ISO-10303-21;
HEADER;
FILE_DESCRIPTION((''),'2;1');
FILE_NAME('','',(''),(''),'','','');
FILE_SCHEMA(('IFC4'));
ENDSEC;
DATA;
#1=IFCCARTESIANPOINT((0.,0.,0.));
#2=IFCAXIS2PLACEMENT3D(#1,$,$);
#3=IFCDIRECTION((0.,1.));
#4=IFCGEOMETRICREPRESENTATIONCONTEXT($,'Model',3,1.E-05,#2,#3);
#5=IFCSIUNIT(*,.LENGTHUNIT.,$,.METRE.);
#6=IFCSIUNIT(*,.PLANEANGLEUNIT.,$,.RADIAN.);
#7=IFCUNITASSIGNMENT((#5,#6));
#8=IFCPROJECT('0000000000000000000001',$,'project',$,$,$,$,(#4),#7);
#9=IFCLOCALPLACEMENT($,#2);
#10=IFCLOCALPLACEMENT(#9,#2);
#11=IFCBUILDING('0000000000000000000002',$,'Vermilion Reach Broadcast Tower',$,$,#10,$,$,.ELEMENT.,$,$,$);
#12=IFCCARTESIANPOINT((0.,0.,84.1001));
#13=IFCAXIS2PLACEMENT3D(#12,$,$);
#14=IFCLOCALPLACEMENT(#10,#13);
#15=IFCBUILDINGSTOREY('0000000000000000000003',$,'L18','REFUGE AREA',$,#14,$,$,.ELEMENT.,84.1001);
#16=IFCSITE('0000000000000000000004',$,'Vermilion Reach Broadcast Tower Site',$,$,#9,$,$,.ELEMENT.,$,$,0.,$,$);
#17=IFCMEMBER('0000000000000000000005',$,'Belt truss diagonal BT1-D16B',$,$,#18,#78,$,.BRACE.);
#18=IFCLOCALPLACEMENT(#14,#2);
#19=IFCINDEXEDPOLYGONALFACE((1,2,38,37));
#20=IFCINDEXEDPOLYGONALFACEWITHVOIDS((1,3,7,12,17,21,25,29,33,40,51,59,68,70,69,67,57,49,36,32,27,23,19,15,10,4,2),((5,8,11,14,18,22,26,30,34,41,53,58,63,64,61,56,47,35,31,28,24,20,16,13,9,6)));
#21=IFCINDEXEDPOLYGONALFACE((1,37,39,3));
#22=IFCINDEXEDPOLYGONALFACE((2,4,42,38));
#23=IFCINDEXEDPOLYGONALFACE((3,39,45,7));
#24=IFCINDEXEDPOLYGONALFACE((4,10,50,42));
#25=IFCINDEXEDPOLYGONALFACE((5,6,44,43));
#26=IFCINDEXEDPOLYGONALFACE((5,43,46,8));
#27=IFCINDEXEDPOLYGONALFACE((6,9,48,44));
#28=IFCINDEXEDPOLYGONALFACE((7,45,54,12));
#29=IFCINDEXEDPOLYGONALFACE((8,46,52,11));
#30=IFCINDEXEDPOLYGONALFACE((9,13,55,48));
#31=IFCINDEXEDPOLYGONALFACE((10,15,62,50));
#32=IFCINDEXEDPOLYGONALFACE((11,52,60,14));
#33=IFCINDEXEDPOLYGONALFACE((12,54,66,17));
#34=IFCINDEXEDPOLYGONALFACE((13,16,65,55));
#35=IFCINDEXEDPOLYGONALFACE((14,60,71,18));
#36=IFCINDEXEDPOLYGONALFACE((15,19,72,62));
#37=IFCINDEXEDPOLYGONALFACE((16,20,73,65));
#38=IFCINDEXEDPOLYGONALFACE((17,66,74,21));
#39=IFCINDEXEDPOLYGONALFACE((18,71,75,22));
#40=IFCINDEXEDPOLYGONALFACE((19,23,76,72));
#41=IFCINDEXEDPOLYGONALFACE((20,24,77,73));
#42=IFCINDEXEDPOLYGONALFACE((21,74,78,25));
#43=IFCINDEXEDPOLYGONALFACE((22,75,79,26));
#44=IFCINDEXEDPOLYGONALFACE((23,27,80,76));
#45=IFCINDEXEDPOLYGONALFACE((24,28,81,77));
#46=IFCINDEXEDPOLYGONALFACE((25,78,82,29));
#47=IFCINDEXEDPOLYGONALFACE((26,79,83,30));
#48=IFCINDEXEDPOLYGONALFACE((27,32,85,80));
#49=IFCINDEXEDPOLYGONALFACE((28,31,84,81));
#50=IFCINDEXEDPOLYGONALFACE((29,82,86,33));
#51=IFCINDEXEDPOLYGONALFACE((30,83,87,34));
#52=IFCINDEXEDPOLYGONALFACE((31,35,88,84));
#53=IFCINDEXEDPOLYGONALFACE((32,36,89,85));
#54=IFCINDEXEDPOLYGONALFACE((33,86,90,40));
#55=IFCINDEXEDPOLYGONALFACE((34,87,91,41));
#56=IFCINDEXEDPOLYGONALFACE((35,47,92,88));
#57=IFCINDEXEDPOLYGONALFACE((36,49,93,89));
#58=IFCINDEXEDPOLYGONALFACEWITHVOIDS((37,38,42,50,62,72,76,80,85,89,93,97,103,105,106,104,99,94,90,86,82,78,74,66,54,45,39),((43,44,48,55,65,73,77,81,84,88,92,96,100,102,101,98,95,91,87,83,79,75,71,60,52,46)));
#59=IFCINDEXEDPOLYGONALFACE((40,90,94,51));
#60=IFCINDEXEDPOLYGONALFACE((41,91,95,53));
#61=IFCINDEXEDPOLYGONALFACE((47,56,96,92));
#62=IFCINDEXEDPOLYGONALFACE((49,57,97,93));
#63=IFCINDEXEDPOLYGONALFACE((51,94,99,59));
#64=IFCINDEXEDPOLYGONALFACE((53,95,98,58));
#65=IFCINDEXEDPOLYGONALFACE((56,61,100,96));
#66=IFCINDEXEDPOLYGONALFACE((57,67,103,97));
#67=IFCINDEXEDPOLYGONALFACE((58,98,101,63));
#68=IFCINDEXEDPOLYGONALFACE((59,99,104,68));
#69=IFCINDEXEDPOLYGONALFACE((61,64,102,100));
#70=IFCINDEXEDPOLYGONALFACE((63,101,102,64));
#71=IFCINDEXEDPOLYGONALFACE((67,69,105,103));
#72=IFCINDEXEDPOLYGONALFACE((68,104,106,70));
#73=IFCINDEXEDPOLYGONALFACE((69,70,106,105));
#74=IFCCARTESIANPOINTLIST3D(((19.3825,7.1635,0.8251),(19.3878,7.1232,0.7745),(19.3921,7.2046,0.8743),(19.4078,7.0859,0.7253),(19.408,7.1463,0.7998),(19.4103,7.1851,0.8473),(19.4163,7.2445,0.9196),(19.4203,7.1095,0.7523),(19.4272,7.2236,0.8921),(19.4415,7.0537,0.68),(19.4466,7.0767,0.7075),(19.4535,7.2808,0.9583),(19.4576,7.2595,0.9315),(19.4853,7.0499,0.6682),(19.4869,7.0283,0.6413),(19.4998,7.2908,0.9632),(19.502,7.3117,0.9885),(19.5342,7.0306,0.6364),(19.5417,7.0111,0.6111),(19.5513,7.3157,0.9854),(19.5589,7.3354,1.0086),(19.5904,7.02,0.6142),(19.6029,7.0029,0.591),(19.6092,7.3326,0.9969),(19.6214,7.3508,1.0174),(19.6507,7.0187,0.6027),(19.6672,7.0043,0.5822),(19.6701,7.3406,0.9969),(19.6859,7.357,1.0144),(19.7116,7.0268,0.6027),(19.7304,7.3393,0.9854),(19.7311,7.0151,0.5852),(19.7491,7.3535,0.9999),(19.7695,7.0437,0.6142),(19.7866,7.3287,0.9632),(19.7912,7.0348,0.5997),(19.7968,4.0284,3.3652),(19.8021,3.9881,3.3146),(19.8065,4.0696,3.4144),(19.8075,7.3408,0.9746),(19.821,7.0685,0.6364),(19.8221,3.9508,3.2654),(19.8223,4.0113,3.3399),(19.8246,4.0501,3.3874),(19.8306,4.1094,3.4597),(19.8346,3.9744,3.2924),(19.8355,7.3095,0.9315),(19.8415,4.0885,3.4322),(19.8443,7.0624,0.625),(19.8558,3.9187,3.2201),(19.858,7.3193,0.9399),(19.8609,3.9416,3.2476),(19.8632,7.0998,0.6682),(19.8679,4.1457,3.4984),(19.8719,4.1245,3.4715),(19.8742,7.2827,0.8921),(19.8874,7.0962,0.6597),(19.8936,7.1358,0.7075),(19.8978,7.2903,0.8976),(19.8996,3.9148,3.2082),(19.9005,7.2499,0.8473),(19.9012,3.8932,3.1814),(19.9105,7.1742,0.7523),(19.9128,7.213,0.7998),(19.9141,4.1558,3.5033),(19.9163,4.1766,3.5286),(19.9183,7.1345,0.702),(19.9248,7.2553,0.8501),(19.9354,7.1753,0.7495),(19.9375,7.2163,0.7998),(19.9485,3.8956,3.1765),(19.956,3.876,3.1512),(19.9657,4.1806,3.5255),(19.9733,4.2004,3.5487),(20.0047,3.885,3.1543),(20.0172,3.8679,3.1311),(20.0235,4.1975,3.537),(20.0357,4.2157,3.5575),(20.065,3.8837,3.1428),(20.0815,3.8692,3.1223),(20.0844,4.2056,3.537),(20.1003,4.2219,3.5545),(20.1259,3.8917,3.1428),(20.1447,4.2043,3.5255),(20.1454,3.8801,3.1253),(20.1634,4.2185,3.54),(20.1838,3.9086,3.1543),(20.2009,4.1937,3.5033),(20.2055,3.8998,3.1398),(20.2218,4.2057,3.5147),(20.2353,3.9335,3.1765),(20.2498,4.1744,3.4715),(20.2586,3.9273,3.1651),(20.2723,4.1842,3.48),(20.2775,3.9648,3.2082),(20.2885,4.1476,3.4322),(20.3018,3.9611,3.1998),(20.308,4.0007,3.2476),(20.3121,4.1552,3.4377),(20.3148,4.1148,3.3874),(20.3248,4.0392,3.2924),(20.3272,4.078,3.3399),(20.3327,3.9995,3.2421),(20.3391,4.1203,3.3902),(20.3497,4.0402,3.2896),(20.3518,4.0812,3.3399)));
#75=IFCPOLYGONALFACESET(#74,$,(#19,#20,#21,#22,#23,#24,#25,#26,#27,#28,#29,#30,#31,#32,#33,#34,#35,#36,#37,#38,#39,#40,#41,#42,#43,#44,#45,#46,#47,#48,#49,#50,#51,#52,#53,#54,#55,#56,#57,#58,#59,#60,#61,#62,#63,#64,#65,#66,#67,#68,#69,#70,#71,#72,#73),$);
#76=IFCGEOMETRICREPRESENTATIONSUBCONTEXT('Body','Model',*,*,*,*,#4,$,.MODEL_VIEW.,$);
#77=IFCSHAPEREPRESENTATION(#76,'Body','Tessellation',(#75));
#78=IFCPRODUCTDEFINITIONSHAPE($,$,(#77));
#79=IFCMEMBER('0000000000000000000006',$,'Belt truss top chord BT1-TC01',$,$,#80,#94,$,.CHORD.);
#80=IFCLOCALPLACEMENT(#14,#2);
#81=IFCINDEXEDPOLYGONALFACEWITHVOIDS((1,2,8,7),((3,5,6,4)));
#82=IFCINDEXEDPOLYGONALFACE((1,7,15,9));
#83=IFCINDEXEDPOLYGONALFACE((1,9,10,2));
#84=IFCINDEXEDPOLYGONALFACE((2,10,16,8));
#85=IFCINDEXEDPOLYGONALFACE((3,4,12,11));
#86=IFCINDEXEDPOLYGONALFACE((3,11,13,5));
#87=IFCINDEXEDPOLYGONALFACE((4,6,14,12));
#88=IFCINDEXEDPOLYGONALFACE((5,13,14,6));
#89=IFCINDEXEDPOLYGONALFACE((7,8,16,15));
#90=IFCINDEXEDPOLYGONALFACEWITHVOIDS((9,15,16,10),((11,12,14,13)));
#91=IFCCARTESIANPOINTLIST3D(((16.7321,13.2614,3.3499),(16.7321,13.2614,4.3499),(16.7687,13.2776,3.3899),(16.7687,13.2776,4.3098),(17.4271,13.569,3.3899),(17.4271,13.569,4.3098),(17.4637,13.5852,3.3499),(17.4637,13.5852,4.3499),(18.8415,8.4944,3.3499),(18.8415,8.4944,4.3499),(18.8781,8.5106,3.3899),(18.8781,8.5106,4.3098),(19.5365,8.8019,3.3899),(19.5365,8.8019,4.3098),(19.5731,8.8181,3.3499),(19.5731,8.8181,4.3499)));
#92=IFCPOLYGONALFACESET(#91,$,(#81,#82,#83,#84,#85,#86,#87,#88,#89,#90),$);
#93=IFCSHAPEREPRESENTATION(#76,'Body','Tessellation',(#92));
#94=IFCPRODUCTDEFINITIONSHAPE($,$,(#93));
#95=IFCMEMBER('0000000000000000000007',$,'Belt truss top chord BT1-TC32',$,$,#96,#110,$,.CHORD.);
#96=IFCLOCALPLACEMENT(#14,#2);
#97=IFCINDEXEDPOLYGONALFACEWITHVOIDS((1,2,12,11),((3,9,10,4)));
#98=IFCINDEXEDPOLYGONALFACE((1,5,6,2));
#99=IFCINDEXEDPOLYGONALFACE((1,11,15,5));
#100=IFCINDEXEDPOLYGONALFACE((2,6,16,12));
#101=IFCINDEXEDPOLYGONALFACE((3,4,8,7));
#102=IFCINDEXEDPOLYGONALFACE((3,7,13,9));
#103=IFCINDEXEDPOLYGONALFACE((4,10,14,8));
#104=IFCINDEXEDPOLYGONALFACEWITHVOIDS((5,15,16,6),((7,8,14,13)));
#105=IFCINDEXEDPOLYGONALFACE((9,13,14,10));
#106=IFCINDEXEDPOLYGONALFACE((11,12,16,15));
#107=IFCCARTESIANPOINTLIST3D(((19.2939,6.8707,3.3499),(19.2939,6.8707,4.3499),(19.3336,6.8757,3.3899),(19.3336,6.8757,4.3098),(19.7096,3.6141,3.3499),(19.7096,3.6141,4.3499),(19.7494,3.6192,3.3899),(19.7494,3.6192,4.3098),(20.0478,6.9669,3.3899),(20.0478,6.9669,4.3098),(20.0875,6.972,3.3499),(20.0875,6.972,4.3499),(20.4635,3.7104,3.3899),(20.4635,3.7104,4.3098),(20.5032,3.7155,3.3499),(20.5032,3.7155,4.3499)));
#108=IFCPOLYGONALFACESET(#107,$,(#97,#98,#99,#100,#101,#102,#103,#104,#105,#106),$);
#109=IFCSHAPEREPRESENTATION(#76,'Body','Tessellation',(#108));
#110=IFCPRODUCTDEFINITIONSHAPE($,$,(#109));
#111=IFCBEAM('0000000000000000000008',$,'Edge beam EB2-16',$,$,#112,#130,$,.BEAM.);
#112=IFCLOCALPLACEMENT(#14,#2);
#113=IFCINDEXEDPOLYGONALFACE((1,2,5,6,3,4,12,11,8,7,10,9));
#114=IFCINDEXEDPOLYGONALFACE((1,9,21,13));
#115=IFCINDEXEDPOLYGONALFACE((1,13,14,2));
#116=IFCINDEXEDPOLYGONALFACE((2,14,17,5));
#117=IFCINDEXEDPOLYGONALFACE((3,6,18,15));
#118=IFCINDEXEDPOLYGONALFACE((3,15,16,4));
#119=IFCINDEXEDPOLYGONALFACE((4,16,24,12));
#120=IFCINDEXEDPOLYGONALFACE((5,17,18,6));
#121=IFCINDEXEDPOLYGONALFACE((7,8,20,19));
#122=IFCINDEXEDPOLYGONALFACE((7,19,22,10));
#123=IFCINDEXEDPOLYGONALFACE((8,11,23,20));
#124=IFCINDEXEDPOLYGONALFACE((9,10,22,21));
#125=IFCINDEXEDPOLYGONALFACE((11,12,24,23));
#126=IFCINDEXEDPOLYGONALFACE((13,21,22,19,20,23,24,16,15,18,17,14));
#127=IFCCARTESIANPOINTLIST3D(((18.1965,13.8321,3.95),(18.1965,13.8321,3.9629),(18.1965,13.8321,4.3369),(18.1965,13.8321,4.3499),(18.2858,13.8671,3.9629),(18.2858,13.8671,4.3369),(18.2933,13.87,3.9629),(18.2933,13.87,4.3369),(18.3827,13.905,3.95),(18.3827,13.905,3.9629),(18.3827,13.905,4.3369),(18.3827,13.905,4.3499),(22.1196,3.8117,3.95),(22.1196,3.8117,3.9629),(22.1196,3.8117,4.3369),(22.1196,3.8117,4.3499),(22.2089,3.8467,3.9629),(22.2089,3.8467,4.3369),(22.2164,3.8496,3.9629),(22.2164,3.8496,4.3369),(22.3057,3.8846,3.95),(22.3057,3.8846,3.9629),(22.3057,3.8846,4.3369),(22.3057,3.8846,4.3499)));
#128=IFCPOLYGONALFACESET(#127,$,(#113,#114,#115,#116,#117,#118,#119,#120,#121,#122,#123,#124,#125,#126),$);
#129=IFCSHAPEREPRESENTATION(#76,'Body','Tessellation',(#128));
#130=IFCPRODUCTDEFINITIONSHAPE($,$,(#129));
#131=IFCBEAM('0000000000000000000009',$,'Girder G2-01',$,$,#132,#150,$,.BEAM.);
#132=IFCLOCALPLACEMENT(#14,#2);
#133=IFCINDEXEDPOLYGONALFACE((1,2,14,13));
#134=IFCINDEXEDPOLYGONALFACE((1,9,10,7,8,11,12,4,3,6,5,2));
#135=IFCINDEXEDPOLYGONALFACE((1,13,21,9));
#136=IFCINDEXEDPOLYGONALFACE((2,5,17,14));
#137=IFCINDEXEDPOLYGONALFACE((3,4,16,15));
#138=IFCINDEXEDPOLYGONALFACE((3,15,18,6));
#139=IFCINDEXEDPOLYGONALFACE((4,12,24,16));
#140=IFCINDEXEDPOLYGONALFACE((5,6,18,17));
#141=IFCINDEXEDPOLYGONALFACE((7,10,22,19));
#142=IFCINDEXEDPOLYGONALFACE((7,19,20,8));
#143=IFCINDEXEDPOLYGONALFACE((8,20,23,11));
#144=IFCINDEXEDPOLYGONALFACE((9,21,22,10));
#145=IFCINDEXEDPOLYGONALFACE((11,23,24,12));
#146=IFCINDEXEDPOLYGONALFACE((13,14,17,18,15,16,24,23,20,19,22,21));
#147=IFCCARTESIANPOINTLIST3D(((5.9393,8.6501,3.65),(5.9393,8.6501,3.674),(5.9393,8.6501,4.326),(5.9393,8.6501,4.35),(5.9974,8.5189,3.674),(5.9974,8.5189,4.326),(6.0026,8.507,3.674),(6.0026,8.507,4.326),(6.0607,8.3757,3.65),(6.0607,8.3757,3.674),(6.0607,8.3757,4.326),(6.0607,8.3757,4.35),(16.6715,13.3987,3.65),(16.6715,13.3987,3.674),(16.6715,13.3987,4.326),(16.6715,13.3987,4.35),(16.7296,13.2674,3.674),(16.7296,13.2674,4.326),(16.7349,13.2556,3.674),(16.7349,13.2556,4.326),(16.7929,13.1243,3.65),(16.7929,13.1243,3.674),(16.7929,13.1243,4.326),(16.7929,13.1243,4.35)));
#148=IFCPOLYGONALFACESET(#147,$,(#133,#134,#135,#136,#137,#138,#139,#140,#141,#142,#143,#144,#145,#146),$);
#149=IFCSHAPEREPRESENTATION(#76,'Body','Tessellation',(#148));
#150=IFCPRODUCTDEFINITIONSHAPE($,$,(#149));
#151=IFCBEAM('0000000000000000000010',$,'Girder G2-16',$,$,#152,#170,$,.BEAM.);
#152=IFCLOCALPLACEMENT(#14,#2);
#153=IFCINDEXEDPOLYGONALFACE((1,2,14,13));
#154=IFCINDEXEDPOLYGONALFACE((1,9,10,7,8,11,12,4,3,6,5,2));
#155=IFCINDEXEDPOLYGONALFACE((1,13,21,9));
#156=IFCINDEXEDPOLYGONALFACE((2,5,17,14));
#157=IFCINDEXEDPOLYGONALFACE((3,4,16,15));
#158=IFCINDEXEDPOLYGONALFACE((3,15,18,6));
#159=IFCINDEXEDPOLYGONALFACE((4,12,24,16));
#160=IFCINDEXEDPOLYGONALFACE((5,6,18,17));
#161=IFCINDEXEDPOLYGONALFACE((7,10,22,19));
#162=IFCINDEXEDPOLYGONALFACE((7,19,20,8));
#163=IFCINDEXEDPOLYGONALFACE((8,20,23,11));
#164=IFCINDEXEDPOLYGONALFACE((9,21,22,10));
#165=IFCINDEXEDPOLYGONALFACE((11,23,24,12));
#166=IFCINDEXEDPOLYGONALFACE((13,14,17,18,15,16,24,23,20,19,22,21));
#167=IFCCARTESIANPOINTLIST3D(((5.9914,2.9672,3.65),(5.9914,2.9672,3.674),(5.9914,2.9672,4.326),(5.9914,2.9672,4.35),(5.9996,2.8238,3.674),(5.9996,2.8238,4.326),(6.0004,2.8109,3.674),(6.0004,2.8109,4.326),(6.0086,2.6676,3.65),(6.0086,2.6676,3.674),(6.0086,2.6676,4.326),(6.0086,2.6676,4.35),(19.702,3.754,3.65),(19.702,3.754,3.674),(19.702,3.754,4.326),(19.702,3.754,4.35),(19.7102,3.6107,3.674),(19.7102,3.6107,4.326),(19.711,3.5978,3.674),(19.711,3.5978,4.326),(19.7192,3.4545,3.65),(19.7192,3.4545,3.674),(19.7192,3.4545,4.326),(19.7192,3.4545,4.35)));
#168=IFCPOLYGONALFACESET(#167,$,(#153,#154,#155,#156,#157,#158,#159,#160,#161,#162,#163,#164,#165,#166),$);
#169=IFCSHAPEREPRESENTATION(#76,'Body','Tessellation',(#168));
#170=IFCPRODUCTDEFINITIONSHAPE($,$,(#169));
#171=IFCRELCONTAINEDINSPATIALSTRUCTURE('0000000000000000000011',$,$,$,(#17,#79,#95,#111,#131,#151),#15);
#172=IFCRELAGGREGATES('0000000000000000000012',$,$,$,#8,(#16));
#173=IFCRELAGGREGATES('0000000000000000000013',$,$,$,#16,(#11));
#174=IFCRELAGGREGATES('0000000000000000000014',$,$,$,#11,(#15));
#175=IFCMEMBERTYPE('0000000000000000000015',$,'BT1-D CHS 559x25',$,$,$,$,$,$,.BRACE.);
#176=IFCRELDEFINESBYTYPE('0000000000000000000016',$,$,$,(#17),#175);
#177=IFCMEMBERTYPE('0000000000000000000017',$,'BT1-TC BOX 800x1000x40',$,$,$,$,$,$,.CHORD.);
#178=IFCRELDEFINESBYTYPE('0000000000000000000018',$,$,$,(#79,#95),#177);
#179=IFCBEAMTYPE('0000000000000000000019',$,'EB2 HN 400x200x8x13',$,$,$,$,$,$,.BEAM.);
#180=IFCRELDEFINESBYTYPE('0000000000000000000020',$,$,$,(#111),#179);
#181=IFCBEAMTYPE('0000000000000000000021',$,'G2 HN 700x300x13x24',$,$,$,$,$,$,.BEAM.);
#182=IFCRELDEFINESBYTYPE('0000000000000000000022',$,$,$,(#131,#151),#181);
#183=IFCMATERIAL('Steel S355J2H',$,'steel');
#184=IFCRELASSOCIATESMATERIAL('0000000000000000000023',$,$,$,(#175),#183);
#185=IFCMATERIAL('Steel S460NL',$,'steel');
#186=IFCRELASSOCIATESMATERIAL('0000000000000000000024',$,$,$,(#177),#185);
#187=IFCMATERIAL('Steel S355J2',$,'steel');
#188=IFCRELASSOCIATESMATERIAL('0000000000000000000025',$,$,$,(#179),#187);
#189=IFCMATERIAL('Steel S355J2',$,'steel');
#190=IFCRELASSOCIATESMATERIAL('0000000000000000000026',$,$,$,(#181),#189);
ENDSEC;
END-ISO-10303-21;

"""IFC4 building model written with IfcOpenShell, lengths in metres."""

from ifc_helpers import new_model, si_unit, direction, frame, origin, origin_2d, place, context, subcontext, project, spatial, hollow_rectangle, hollow_circle, i_section, extrude, material, material_profile, profile_set, type_object, element, save


model = new_model("IFC4")

# Units and contexts
model_context = context("Model", 3, precision=1e-05, world=origin(), true_north=direction((0.0, 1.0)))
body_context = subcontext(model_context, "Body", "Model", "MODEL_VIEW")
ifc_project = project(units=[si_unit("LENGTHUNIT", "METRE"), si_unit("PLANEANGLEUNIT", "RADIAN")], contexts=[model_context])

# Site, building, storey
site_placement = place(None, origin())
site = spatial("IfcSite", under=ifc_project, at=site_placement, Name="Vermilion Reach Broadcast Tower Site", CompositionType="ELEMENT", RefElevation=0.0)
building_placement = place(site_placement, origin())
building = spatial("IfcBuilding", under=site, at=building_placement, Name="Vermilion Reach Broadcast Tower", CompositionType="ELEMENT")
storey_placement = place(building_placement, frame((0.0, 0.0, 84.1001)))
storey = spatial("IfcBuildingStorey", under=building, at=storey_placement, Name="L18", Description="REFUGE AREA", CompositionType="ELEMENT", Elevation=84.1001)

# Members
ifc_material_1 = material(Name="Steel S355J2H", Category="steel")
ifc_material_profile_1 = material_profile(ifc_material_1, hollow_circle(Radius=0.2795, WallThickness=0.0249, at=origin_2d()), Name="S355J2H CHS 559x25")
ifc_profile_set_1 = profile_set([ifc_material_profile_1], Name="Steel S355J2H")
member_type_1 = type_object("IfcMemberType", Name="BT1-D CHS 559x25", PredefinedType="BRACE", material=ifc_profile_set_1)
member_1_placement = place(storey_placement, frame((19.6604, 7.1797, 0.7998), z_axis=(0.102145, -0.772917, 0.626231), x_axis=(0.99138, 0.131016, 0.0)))
element("IfcMember", 1, at=member_1_placement, inside=storey, type_object=member_type_1, Name="Belt truss diagonal BT1-D16B", PredefinedType="BRACE", context=body_context, shape_type="SweptSolid", body=[
    extrude(hollow_circle(Radius=0.2795, WallThickness=0.0249, at=origin_2d()), origin(), (0.0, 0.0, 1.0), 4.0562),
])
ifc_material_2 = material(Name="Steel S460NL", Category="steel")
ifc_material_profile_2 = material_profile(ifc_material_2, hollow_rectangle(XDim=0.8, YDim=1.0, WallThickness=0.04, at=origin_2d()), Name="S460NL BOX 800x1000x40")
ifc_profile_set_2 = profile_set([ifc_material_profile_2], Name="Steel S460NL")
member_type_2 = type_object("IfcMemberType", Name="BT1-TC BOX 800x1000x40", PredefinedType="CHORD", material=ifc_profile_set_2)
member_2_placement = place(storey_placement, frame((19.2073, 8.6562, 3.8499), z_axis=(-0.404643, 0.914475, 0.0), x_axis=(-0.914475, -0.404643, 0.0)))
element("IfcMember", 2, at=member_2_placement, inside=storey, type_object=member_type_2, Name="Belt truss top chord BT1-TC01", PredefinedType="CHORD", context=body_context, shape_type="SweptSolid", body=[
    extrude(hollow_rectangle(XDim=0.8, YDim=1.0, WallThickness=0.04, at=origin_2d()), origin(), (0.0, 0.0, 1.0), 5.2129),
])
member_3_placement = place(storey_placement, frame((20.1064, 3.6648, 3.8499), z_axis=(-0.126643, 0.991948, 0.0), x_axis=(-0.991948, -0.126643, 0.0)))
element("IfcMember", 3, at=member_3_placement, inside=storey, type_object=member_type_2, Name="Belt truss top chord BT1-TC32", PredefinedType="CHORD", context=body_context, shape_type="SweptSolid", body=[
    extrude(hollow_rectangle(XDim=0.8, YDim=1.0, WallThickness=0.04, at=origin_2d()), origin(), (0.0, 0.0, 1.0), 3.283),
])

# Beams
ifc_material_3 = material(Name="Steel S355J2", Category="steel")
ifc_material_profile_3 = material_profile(ifc_material_3, i_section(OverallWidth=0.2, OverallDepth=0.3999, WebThickness=0.0081, FlangeThickness=0.0129, at=origin_2d()), Name="S355J2 HN 400x200x8x13")
ifc_profile_set_3 = profile_set([ifc_material_profile_3], Name="Steel S355J2")
beam_type_1 = type_object("IfcBeamType", Name="EB2 HN 400x200x8x13", PredefinedType="BEAM", material=ifc_profile_set_3)
beam_1_placement = place(storey_placement, frame((22.2126, 3.8481, 4.1499), z_axis=(-0.364563, 0.931179, 0.0), x_axis=(-0.931179, -0.364563, 0.0)))
element("IfcBeam", 4, at=beam_1_placement, inside=storey, type_object=beam_type_1, Name="Edge beam EB2-16", PredefinedType="BEAM", context=body_context, shape_type="SweptSolid", body=[
    extrude(i_section(OverallWidth=0.2, OverallDepth=0.3999, WebThickness=0.0081, FlangeThickness=0.0129, at=origin_2d()), origin(), (0.0, 0.0, 1.0), 10.761),
])
ifc_material_4 = material(Name="Steel S355J2", Category="steel")
ifc_material_profile_4 = material_profile(ifc_material_4, i_section(OverallWidth=0.3, OverallDepth=0.7, WebThickness=0.0129, FlangeThickness=0.0239, at=origin_2d()), Name="S355J2 HN 700x300x13x24")
ifc_profile_set_4 = profile_set([ifc_material_profile_4], Name="Steel S355J2")
beam_type_2 = type_object("IfcBeamType", Name="G2 HN 700x300x13x24", PredefinedType="BEAM", material=ifc_profile_set_4)
beam_2_placement = place(storey_placement, frame((6.0, 8.5129, 4.0), z_axis=(0.914485, 0.404621, 0.0), x_axis=(-0.404621, 0.914485, 0.0)))
element("IfcBeam", 5, at=beam_2_placement, inside=storey, type_object=beam_type_2, Name="Girder G2-01", PredefinedType="BEAM", context=body_context, shape_type="SweptSolid", body=[
    extrude(i_section(OverallWidth=0.3, OverallDepth=0.7, WebThickness=0.0129, FlangeThickness=0.0239, at=origin_2d()), origin(), (0.0, 0.0, 1.0), 11.7358),
])
beam_3_placement = place(storey_placement, frame((6.0, 2.8174, 4.0), z_axis=(0.998357, 0.057296, 0.0), x_axis=(-0.057296, 0.998357, 0.0)))
element("IfcBeam", 6, at=beam_3_placement, inside=storey, type_object=beam_type_2, Name="Girder G2-16", PredefinedType="BEAM", context=body_context, shape_type="SweptSolid", body=[
    extrude(i_section(OverallWidth=0.3, OverallDepth=0.7, WebThickness=0.0129, FlangeThickness=0.0239, at=origin_2d()), origin(), (0.0, 0.0, 1.0), 13.7332),
])

save(model, "model.ifc")
